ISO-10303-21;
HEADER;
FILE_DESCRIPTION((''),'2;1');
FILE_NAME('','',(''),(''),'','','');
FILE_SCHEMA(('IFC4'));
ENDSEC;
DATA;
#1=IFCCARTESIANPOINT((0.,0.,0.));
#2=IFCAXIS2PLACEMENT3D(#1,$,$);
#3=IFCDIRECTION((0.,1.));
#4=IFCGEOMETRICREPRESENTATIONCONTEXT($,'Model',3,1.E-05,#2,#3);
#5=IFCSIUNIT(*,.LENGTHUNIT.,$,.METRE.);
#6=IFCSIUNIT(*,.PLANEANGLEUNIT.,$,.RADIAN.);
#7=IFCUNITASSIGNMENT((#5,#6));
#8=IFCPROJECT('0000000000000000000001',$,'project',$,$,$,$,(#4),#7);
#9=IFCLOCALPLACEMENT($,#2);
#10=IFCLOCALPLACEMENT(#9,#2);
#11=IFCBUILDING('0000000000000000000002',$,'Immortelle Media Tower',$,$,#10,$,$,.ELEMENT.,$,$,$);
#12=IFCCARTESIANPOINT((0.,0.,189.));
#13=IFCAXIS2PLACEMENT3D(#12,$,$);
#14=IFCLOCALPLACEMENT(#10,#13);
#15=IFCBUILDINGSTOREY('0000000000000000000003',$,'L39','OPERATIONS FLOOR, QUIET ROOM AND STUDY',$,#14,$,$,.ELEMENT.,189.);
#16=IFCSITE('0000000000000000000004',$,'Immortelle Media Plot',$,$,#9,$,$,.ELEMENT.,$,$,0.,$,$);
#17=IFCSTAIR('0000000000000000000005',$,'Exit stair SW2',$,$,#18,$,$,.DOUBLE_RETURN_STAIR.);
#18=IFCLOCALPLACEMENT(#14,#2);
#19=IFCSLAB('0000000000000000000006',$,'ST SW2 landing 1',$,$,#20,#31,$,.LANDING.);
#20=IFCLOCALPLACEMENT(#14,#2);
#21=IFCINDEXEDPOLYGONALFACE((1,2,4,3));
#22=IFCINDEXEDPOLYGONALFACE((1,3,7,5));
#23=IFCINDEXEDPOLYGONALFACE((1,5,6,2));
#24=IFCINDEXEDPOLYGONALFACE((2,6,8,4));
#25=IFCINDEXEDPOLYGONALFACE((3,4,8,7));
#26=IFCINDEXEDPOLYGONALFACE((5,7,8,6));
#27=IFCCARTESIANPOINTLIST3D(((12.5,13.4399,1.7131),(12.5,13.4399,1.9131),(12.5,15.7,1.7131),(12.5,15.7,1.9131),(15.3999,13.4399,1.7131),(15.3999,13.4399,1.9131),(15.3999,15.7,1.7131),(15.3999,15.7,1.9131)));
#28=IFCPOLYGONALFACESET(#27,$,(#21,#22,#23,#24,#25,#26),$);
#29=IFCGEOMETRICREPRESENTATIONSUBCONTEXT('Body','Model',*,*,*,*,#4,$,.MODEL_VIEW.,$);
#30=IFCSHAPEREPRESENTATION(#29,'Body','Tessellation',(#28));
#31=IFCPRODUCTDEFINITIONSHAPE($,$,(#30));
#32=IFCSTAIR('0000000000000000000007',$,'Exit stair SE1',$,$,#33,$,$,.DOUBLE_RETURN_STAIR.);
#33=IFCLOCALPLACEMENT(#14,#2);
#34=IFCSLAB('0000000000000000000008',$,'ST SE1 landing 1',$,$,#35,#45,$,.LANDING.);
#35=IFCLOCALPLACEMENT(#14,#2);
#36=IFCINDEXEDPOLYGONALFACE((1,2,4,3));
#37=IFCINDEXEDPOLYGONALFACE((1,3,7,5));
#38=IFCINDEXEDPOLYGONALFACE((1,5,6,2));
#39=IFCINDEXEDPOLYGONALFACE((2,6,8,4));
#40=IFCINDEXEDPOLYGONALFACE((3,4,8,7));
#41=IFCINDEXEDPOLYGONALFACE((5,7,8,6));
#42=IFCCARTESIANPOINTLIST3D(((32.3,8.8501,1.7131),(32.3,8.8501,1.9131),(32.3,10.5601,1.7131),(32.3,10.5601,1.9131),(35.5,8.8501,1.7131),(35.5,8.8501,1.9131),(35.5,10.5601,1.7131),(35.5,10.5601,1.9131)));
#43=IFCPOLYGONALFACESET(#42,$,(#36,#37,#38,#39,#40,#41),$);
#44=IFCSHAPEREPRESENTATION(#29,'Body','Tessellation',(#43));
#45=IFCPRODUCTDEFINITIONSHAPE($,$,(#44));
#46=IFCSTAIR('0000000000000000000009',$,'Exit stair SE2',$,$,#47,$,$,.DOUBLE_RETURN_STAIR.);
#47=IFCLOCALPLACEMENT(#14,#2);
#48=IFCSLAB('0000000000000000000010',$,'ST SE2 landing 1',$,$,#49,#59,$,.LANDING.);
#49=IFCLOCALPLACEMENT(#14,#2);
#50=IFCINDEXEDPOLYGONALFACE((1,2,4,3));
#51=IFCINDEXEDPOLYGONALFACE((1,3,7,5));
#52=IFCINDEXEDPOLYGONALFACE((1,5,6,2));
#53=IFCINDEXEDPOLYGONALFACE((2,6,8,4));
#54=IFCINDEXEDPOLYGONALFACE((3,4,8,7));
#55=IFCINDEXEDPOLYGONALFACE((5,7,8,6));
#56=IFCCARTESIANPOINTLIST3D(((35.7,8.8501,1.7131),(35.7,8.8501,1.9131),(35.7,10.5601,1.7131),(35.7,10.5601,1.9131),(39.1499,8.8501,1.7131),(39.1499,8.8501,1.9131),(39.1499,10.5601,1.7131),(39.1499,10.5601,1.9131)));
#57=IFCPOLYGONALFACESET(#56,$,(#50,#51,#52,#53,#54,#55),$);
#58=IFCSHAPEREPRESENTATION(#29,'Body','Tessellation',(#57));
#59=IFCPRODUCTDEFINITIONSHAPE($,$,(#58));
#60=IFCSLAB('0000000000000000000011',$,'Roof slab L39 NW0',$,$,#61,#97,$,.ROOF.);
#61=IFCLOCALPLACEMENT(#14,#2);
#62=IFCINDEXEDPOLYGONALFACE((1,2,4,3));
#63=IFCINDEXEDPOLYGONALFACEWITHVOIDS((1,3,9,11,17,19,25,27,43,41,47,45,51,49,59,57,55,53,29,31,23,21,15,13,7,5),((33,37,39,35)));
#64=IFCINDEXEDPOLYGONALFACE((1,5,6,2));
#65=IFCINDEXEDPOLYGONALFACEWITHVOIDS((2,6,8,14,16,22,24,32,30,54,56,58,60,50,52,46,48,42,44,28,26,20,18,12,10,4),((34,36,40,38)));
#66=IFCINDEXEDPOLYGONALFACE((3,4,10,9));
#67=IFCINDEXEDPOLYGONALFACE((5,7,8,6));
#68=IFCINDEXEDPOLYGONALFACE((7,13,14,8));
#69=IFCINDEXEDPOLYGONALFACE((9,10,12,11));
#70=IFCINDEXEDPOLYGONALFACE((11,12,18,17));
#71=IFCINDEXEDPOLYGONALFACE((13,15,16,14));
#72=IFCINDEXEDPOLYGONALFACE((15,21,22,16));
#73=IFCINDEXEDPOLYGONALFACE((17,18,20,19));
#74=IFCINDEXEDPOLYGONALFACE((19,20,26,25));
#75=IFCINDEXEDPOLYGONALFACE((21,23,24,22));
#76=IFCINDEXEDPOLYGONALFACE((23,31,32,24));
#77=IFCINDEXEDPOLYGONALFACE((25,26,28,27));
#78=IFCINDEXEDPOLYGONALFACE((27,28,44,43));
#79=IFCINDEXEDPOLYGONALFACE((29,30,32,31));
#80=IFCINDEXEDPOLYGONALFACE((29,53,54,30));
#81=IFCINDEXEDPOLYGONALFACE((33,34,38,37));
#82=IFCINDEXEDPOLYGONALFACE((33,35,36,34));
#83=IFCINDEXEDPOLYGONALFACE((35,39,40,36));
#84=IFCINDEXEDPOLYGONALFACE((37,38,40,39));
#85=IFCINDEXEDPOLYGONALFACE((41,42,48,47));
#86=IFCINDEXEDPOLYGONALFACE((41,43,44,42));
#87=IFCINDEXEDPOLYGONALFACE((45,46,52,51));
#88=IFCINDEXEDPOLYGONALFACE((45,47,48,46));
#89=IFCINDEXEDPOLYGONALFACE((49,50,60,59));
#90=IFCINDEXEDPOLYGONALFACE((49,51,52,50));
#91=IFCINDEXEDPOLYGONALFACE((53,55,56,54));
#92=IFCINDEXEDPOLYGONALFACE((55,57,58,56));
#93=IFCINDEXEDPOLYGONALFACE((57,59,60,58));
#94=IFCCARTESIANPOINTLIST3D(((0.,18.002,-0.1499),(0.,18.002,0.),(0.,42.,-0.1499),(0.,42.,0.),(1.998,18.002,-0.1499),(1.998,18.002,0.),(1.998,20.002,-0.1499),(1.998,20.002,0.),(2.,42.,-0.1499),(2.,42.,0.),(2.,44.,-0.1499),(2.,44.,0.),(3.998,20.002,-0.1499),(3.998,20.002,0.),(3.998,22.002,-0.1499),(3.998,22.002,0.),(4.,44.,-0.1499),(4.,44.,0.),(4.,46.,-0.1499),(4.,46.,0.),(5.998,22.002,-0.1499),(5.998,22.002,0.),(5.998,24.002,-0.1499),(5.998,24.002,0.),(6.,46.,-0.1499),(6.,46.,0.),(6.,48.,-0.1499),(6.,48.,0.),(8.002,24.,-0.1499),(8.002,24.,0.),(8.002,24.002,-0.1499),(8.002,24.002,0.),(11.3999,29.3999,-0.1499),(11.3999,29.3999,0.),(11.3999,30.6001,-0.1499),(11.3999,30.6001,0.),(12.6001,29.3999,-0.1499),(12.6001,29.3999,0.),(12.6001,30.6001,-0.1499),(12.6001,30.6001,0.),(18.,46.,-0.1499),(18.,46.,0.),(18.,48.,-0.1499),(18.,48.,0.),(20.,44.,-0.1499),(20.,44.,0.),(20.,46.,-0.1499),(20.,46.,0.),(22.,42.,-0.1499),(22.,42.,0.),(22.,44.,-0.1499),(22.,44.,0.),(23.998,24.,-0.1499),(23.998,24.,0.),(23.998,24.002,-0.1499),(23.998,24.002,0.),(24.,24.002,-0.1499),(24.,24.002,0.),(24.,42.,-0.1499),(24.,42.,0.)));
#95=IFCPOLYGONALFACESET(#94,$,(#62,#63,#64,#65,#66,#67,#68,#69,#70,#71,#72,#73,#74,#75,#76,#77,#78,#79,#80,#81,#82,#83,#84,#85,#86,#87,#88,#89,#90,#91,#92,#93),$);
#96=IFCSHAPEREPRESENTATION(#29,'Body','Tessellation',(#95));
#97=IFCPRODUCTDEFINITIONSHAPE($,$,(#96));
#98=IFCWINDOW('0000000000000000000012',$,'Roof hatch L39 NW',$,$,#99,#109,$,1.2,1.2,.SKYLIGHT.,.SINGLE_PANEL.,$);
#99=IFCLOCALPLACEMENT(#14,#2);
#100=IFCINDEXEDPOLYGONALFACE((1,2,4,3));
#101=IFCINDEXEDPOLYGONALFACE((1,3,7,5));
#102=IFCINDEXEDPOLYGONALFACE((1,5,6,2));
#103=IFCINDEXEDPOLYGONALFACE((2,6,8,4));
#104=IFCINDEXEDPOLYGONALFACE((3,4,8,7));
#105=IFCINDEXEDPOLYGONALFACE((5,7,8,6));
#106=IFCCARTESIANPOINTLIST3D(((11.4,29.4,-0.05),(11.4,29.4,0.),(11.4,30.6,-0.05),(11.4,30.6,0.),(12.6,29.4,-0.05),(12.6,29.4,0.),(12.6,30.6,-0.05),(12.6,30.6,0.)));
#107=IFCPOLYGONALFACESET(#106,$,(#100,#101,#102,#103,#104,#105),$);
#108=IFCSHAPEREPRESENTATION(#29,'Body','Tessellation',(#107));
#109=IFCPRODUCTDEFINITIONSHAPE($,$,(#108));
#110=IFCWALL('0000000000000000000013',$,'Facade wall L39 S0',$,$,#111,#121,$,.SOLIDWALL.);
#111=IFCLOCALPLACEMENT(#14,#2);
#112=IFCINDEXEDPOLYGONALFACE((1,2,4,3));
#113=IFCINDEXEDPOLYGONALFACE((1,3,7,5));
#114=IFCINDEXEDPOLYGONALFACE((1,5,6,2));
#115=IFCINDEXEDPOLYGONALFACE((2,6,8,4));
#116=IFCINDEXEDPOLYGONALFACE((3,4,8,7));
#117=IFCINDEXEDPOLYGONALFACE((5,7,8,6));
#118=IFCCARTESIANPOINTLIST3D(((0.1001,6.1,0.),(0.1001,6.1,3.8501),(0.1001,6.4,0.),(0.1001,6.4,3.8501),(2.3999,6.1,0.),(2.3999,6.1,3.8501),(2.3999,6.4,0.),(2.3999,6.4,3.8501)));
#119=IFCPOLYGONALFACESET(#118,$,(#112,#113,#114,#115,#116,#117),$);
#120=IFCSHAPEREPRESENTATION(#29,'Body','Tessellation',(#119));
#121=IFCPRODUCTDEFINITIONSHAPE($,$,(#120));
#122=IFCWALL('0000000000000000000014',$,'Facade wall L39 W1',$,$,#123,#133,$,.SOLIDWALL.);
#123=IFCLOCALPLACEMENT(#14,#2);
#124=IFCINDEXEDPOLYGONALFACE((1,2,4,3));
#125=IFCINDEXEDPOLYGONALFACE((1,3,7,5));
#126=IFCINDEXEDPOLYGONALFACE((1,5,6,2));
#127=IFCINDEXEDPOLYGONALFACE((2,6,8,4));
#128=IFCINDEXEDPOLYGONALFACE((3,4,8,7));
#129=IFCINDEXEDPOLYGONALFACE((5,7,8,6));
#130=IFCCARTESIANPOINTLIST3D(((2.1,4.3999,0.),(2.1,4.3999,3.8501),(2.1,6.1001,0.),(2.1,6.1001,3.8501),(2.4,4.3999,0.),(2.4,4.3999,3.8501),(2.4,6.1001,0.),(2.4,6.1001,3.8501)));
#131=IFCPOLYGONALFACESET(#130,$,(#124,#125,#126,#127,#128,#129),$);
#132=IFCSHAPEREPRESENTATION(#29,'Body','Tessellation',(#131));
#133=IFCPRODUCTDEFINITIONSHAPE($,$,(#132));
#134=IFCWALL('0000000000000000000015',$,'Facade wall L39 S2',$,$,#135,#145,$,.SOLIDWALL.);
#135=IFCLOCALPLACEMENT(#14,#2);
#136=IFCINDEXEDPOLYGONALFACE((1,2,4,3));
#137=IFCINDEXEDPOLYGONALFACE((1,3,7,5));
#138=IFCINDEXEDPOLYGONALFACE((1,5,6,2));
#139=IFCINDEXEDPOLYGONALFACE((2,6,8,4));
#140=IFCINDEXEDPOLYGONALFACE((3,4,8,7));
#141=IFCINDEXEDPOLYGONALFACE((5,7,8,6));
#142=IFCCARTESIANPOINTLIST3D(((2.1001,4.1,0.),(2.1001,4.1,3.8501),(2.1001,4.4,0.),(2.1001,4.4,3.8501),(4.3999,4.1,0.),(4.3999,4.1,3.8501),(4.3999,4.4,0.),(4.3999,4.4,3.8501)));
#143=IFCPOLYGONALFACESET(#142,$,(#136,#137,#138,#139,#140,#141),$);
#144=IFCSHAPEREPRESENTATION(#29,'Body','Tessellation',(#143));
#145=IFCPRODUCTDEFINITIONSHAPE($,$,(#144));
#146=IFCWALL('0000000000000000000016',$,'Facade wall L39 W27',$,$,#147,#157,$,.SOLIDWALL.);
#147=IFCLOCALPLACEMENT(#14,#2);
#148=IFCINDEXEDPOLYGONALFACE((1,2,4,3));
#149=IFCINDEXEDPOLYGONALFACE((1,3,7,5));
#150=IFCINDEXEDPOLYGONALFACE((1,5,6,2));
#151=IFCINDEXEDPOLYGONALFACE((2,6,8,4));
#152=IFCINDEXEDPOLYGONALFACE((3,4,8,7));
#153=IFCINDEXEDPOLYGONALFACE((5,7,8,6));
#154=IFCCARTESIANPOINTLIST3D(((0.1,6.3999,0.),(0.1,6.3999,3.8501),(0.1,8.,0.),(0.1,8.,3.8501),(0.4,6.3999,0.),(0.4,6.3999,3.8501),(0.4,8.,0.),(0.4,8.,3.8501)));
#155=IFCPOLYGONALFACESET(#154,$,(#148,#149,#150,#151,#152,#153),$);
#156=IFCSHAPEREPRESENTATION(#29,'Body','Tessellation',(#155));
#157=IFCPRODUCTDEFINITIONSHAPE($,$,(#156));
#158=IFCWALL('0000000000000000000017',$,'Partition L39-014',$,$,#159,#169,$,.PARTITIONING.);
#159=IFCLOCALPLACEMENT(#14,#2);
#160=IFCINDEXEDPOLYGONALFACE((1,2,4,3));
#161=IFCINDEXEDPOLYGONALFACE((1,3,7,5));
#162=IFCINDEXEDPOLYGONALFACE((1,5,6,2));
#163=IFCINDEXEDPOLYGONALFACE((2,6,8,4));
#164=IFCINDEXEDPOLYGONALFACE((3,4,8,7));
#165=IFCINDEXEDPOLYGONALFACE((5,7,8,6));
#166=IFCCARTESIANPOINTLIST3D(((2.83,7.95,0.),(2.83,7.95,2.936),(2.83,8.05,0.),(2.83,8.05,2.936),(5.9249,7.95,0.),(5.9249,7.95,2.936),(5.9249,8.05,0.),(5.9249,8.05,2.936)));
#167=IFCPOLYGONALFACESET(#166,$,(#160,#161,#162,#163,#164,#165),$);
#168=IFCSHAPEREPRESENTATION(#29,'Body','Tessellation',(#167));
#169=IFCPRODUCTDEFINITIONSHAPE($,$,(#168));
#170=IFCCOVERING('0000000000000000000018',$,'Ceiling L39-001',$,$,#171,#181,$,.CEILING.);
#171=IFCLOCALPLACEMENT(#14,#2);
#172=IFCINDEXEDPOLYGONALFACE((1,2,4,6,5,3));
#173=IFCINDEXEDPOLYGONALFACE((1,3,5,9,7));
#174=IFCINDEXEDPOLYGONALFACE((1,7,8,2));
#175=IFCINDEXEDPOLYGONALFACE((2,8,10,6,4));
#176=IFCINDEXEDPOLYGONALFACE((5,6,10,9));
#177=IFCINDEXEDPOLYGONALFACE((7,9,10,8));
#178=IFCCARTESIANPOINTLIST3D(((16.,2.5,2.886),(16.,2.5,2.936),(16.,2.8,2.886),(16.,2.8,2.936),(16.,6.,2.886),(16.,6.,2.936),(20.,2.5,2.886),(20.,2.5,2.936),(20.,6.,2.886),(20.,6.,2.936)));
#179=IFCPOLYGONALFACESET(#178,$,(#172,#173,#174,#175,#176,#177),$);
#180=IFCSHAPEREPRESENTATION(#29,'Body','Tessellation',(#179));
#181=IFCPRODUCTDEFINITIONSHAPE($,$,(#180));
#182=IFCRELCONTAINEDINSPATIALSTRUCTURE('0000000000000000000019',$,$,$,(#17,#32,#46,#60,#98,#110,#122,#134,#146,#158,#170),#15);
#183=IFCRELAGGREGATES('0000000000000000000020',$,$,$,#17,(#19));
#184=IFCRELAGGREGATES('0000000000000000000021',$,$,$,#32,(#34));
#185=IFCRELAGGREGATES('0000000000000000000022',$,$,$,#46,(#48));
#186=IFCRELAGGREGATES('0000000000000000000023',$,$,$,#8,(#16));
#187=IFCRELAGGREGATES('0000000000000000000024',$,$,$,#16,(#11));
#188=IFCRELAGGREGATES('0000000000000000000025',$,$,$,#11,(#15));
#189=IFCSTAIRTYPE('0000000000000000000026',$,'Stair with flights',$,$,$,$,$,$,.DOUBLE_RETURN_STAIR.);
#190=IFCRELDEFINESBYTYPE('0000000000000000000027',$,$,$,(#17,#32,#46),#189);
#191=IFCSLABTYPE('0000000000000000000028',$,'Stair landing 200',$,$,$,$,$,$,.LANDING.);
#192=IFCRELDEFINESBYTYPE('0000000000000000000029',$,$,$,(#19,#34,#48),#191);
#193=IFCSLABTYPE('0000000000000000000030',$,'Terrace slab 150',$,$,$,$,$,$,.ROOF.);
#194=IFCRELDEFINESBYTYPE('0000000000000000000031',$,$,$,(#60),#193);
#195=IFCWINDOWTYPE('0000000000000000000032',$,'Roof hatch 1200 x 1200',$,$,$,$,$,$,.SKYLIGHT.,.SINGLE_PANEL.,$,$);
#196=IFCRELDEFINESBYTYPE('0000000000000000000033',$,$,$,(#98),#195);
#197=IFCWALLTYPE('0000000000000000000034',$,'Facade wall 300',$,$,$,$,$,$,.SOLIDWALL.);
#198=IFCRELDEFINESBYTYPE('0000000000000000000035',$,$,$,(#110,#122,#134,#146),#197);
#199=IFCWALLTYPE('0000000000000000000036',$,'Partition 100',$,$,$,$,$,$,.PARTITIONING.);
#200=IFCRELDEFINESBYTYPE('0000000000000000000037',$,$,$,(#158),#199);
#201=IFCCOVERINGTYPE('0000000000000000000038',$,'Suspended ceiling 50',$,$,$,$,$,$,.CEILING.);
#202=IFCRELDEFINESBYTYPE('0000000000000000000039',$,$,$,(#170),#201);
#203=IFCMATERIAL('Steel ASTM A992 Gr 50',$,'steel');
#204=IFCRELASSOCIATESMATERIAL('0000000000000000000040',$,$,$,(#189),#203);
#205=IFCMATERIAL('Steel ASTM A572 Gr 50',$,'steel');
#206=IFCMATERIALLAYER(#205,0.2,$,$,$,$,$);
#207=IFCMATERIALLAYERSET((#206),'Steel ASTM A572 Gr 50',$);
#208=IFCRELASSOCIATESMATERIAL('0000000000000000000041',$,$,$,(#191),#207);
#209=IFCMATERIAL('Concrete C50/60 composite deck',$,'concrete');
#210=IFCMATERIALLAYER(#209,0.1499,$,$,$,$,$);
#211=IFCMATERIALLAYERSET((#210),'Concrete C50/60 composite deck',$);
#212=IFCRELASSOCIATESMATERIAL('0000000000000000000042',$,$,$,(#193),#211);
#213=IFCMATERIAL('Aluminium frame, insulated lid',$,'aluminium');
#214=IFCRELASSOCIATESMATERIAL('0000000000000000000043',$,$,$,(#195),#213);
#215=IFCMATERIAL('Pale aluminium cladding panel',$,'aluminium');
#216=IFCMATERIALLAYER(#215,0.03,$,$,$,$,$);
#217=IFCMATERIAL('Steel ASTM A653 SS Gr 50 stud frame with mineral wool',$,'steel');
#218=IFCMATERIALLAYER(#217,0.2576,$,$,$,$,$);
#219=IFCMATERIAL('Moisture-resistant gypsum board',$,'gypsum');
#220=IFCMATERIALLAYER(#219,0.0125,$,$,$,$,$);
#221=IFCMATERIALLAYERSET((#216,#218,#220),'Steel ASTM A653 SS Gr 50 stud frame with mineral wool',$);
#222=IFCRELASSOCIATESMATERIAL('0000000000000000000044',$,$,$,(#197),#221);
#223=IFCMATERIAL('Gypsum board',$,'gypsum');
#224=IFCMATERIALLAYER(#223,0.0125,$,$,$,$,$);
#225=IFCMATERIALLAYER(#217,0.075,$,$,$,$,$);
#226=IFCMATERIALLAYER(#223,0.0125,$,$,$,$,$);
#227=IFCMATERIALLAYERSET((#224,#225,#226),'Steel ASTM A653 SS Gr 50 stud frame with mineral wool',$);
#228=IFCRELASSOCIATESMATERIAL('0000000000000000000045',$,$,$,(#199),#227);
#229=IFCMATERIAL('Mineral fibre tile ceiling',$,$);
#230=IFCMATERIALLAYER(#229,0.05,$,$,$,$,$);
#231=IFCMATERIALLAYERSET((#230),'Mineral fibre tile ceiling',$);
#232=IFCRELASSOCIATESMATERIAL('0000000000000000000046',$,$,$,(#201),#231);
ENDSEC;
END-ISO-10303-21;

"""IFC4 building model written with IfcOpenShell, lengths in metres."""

from ifc_helpers import new_model, si_unit, direction, frame, frame_2d, origin, origin_2d, place, context, subcontext, project, spatial, polyline, rectangle, outline, extrude, material, layer, layer_set, type_object, element, fill, aggregate, save


model = new_model("IFC4")

# Units and contexts
model_context = context("Model", 3, precision=1e-05, world=origin(), true_north=direction((0.0, 1.0)))
body_context = subcontext(model_context, "Body", "Model", "MODEL_VIEW")
ifc_project = project(units=[si_unit("LENGTHUNIT", "METRE"), si_unit("PLANEANGLEUNIT", "RADIAN")], contexts=[model_context])

# Site, building, storey
site_placement = place(None, origin())
site = spatial("IfcSite", under=ifc_project, at=site_placement, Name="Immortelle Media Plot", CompositionType="ELEMENT", RefElevation=0.0)
building_placement = place(site_placement, origin())
building = spatial("IfcBuilding", under=site, at=building_placement, Name="Immortelle Media Tower", CompositionType="ELEMENT")
storey_placement = place(building_placement, frame((0.0, 0.0, 189.0)))
storey = spatial("IfcBuildingStorey", under=building, at=storey_placement, Name="L39", Description="OPERATIONS FLOOR, QUIET ROOM AND STUDY", CompositionType="ELEMENT", Elevation=189.0)

# Shared definitions
ifc_material_1 = material(Name="Steel ASTM A992 Gr 50", Category="steel")

# Shared definitions
ifc_material_2 = material(Name="Concrete C50/60 composite deck", Category="concrete")

# Stairs, slabs
stair_type = type_object("IfcStairType", Name="Stair with flights", PredefinedType="DOUBLE_RETURN_STAIR", material=ifc_material_1)
ifc_material_3 = material(Name="Steel ASTM A572 Gr 50", Category="steel")
ifc_layer_1 = layer(ifc_material_3, 0.2)
ifc_layer_set_1 = layer_set([ifc_layer_1], Name="Steel ASTM A572 Gr 50")
slab_type_1 = type_object("IfcSlabType", Name="Stair landing 200", PredefinedType="LANDING", material=ifc_layer_set_1)
stair_1_placement = place(storey_placement, origin())
stair_1 = element("IfcStair", 1, at=stair_1_placement, inside=storey, type_object=stair_type, Name="Exit stair SW2", PredefinedType="DOUBLE_RETURN_STAIR")
slab_1_placement = place(storey_placement, frame((0.0, 0.0, 1.7131)))
slab_1 = element("IfcSlab", 2, at=slab_1_placement, type_object=slab_type_1, Name="ST SW2 landing 1", PredefinedType="LANDING", context=body_context, shape_type="SweptSolid", body=[
    extrude(outline(polyline([(12.5, 13.4399), (15.3999, 13.4399), (15.3999, 15.7), (12.5, 15.7), (12.5, 13.4399)])), origin(), (0.0, 0.0, 1.0), 0.2),
])
aggregate(stair_1, [slab_1])
stair_2_placement = place(storey_placement, origin())
stair_2 = element("IfcStair", 3, at=stair_2_placement, inside=storey, type_object=stair_type, Name="Exit stair SE1", PredefinedType="DOUBLE_RETURN_STAIR")
slab_2_placement = place(storey_placement, frame((0.0, 0.0, 1.7131)))
slab_2 = element("IfcSlab", 4, at=slab_2_placement, type_object=slab_type_1, Name="ST SE1 landing 1", PredefinedType="LANDING", context=body_context, shape_type="SweptSolid", body=[
    extrude(outline(polyline([(32.3, 8.8501), (35.5, 8.8501), (35.5, 10.5601), (32.3, 10.5601), (32.3, 8.8501)])), origin(), (0.0, 0.0, 1.0), 0.2),
])
aggregate(stair_2, [slab_2])
stair_3_placement = place(storey_placement, origin())
stair_3 = element("IfcStair", 5, at=stair_3_placement, inside=storey, type_object=stair_type, Name="Exit stair SE2", PredefinedType="DOUBLE_RETURN_STAIR")
slab_3_placement = place(storey_placement, frame((0.0, 0.0, 1.7131)))
slab_3 = element("IfcSlab", 6, at=slab_3_placement, type_object=slab_type_1, Name="ST SE2 landing 1", PredefinedType="LANDING", context=body_context, shape_type="SweptSolid", body=[
    extrude(outline(polyline([(35.7, 8.8501), (39.1499, 8.8501), (39.1499, 10.5601), (35.7, 10.5601), (35.7, 8.8501)])), origin(), (0.0, 0.0, 1.0), 0.2),
])
aggregate(stair_3, [slab_3])

# Slab, opening, window
ifc_layer_2 = layer(ifc_material_2, 0.1499)
ifc_layer_set_2 = layer_set([ifc_layer_2], Name="Concrete C50/60 composite deck")
slab_type_2 = type_object("IfcSlabType", Name="Terrace slab 150", PredefinedType="ROOF", material=ifc_layer_set_2)
slab_4_placement = place(storey_placement, frame((0.0, 0.0, -0.1499)))
slab_4 = element("IfcSlab", 7, at=slab_4_placement, inside=storey, type_object=slab_type_2, Name="Roof slab L39 NW0", PredefinedType="ROOF", context=body_context, shape_type="SweptSolid", body=[
    extrude(outline(polyline([(0.0, 42.0), (2.0, 42.0), (2.0, 44.0), (4.0, 44.0), (4.0, 46.0), (6.0, 46.0), (6.0, 48.0), (18.0, 48.0), (18.0, 46.0), (20.0, 46.0), (20.0, 44.0), (22.0, 44.0), (22.0, 42.0), (24.0, 42.0), (24.0, 24.002), (23.998, 24.002), (23.998, 24.0), (8.002, 24.0), (8.002, 24.002), (5.998, 24.002), (5.998, 22.002), (3.998, 22.002), (3.998, 20.002), (1.998, 20.002), (1.998, 18.002), (0.0, 18.002), (0.0, 24.0), (0.0, 42.0)]), holes=[polyline([(11.3999, 29.3999), (12.6001, 29.3999), (12.6001, 30.6001), (11.3999, 30.6001), (11.3999, 29.3999)])]), origin(), (0.0, 0.0, 1.0), 0.1499),
])
opening_placement = place(slab_4_placement, frame((12.0, 30.0, 0.0)))
opening = element("IfcOpeningElement", 8, at=opening_placement, cuts=slab_4, PredefinedType="OPENING", context=body_context, shape_type="SweptSolid", body=[
    extrude(rectangle(XDim=1.2, YDim=1.2, at=origin_2d()), origin(), (0.0, 0.0, 1.0), 0.1499),
])
ifc_material_4 = material(Name="Aluminium frame, insulated lid", Category="aluminium")
window_type = type_object("IfcWindowType", Name="Roof hatch 1200 x 1200", PartitioningType="SINGLE_PANEL", PredefinedType="SKYLIGHT", material=ifc_material_4)
window_placement = place(opening_placement, frame((0.0, 0.0, 0.0999)))
window = element("IfcWindow", 9, at=window_placement, inside=storey, type_object=window_type, Name="Roof hatch L39 NW", OverallHeight=1.2, OverallWidth=1.2, PartitioningType="SINGLE_PANEL", PredefinedType="SKYLIGHT", context=body_context, shape_type="SweptSolid", body=[
    extrude(rectangle(XDim=1.2, YDim=1.2, at=origin_2d()), origin(), (0.0, 0.0, 1.0), 0.05),
])
fill(opening, window)

# Walls
ifc_material_5 = material(Name="Pale aluminium cladding panel", Category="aluminium")
ifc_layer_3 = layer(ifc_material_5, 0.03)
ifc_material_6 = material(Name="Steel ASTM A653 SS Gr 50 stud frame with mineral wool", Category="steel")
ifc_layer_4 = layer(ifc_material_6, 0.2576)
ifc_material_7 = material(Name="Moisture-resistant gypsum board", Category="gypsum")
ifc_layer_5 = layer(ifc_material_7, 0.0125)
ifc_layer_set_3 = layer_set([ifc_layer_3, ifc_layer_4, ifc_layer_5], Name="Steel ASTM A653 SS Gr 50 stud frame with mineral wool")
wall_type_1 = type_object("IfcWallType", Name="Facade wall 300", PredefinedType="SOLIDWALL", material=ifc_layer_set_3)
wall_1_placement = place(storey_placement, frame((0.1001, 6.25, 0.0), z_axis=(0.0, 0.0, 1.0), x_axis=(1.0, 0.0, 0.0)))
element("IfcWall", 10, at=wall_1_placement, inside=storey, type_object=wall_type_1, Name="Facade wall L39 S0", PredefinedType="SOLIDWALL", context=body_context, shape_type="SweptSolid", body=[
    extrude(rectangle(XDim=2.2998, YDim=0.3, at=frame_2d((1.1499, 0.0))), origin(), (0.0, 0.0, 1.0), 3.8501),
])
wall_2_placement = place(storey_placement, frame((2.25, 6.1001, 0.0), z_axis=(0.0, 0.0, 1.0), x_axis=(0.0, -1.0, 0.0)))
element("IfcWall", 11, at=wall_2_placement, inside=storey, type_object=wall_type_1, Name="Facade wall L39 W1", PredefinedType="SOLIDWALL", context=body_context, shape_type="SweptSolid", body=[
    extrude(rectangle(XDim=1.7002, YDim=0.3, at=frame_2d((0.8501, 0.0))), origin(), (0.0, 0.0, 1.0), 3.8501),
])
wall_3_placement = place(storey_placement, frame((2.1001, 4.25, 0.0), z_axis=(0.0, 0.0, 1.0), x_axis=(1.0, 0.0, 0.0)))
element("IfcWall", 12, at=wall_3_placement, inside=storey, type_object=wall_type_1, Name="Facade wall L39 S2", PredefinedType="SOLIDWALL", context=body_context, shape_type="SweptSolid", body=[
    extrude(rectangle(XDim=2.2998, YDim=0.3, at=frame_2d((1.1499, 0.0))), origin(), (0.0, 0.0, 1.0), 3.8501),
])
wall_4_placement = place(storey_placement, frame((0.25, 8.0, 0.0), z_axis=(0.0, 0.0, 1.0), x_axis=(0.0, -1.0, 0.0)))
element("IfcWall", 13, at=wall_4_placement, inside=storey, type_object=wall_type_1, Name="Facade wall L39 W27", PredefinedType="SOLIDWALL", context=body_context, shape_type="SweptSolid", body=[
    extrude(rectangle(XDim=1.6001, YDim=0.3, at=frame_2d((0.8, 0.0))), origin(), (0.0, 0.0, 1.0), 3.8501),
])
ifc_material_8 = material(Name="Gypsum board", Category="gypsum")
ifc_layer_6 = layer(ifc_material_8, 0.0125)
ifc_layer_7 = layer(ifc_material_6, 0.075)
ifc_layer_8 = layer(ifc_material_8, 0.0125)
ifc_layer_set_4 = layer_set([ifc_layer_6, ifc_layer_7, ifc_layer_8], Name="Steel ASTM A653 SS Gr 50 stud frame with mineral wool")
wall_type_2 = type_object("IfcWallType", Name="Partition 100", PredefinedType="PARTITIONING", material=ifc_layer_set_4)
wall_5_placement = place(storey_placement, frame((2.8301, 8.0, 0.0), z_axis=(0.0, 0.0, 1.0), x_axis=(1.0, 0.0, 0.0)))
element("IfcWall", 14, at=wall_5_placement, inside=storey, type_object=wall_type_2, Name="Partition L39-014", PredefinedType="PARTITIONING", context=body_context, shape_type="SweptSolid", body=[
    extrude(rectangle(XDim=3.095, YDim=0.1001, at=frame_2d((1.5474, 0.0))), origin(), (0.0, 0.0, 1.0), 2.936),
])

# Covering
ifc_material_9 = material(Name="Mineral fibre tile ceiling")
ifc_layer_9 = layer(ifc_material_9, 0.05)
ifc_layer_set_5 = layer_set([ifc_layer_9], Name="Mineral fibre tile ceiling")
covering_type = type_object("IfcCoveringType", Name="Suspended ceiling 50", PredefinedType="CEILING", material=ifc_layer_set_5)
covering_1_placement = place(storey_placement, frame((0.0, 0.0, 2.886)))
element("IfcCovering", 15, at=covering_1_placement, inside=storey, type_object=covering_type, Name="Ceiling L39-001", PredefinedType="CEILING", context=body_context, shape_type="SweptSolid", body=[
    extrude(outline(polyline([(16.0, 6.0), (20.0, 6.0), (20.0, 2.5), (16.0, 2.5), (16.0, 2.8), (16.0, 6.0)])), origin(), (0.0, 0.0, 1.0), 0.05),
])

save(model, "model.ifc")
